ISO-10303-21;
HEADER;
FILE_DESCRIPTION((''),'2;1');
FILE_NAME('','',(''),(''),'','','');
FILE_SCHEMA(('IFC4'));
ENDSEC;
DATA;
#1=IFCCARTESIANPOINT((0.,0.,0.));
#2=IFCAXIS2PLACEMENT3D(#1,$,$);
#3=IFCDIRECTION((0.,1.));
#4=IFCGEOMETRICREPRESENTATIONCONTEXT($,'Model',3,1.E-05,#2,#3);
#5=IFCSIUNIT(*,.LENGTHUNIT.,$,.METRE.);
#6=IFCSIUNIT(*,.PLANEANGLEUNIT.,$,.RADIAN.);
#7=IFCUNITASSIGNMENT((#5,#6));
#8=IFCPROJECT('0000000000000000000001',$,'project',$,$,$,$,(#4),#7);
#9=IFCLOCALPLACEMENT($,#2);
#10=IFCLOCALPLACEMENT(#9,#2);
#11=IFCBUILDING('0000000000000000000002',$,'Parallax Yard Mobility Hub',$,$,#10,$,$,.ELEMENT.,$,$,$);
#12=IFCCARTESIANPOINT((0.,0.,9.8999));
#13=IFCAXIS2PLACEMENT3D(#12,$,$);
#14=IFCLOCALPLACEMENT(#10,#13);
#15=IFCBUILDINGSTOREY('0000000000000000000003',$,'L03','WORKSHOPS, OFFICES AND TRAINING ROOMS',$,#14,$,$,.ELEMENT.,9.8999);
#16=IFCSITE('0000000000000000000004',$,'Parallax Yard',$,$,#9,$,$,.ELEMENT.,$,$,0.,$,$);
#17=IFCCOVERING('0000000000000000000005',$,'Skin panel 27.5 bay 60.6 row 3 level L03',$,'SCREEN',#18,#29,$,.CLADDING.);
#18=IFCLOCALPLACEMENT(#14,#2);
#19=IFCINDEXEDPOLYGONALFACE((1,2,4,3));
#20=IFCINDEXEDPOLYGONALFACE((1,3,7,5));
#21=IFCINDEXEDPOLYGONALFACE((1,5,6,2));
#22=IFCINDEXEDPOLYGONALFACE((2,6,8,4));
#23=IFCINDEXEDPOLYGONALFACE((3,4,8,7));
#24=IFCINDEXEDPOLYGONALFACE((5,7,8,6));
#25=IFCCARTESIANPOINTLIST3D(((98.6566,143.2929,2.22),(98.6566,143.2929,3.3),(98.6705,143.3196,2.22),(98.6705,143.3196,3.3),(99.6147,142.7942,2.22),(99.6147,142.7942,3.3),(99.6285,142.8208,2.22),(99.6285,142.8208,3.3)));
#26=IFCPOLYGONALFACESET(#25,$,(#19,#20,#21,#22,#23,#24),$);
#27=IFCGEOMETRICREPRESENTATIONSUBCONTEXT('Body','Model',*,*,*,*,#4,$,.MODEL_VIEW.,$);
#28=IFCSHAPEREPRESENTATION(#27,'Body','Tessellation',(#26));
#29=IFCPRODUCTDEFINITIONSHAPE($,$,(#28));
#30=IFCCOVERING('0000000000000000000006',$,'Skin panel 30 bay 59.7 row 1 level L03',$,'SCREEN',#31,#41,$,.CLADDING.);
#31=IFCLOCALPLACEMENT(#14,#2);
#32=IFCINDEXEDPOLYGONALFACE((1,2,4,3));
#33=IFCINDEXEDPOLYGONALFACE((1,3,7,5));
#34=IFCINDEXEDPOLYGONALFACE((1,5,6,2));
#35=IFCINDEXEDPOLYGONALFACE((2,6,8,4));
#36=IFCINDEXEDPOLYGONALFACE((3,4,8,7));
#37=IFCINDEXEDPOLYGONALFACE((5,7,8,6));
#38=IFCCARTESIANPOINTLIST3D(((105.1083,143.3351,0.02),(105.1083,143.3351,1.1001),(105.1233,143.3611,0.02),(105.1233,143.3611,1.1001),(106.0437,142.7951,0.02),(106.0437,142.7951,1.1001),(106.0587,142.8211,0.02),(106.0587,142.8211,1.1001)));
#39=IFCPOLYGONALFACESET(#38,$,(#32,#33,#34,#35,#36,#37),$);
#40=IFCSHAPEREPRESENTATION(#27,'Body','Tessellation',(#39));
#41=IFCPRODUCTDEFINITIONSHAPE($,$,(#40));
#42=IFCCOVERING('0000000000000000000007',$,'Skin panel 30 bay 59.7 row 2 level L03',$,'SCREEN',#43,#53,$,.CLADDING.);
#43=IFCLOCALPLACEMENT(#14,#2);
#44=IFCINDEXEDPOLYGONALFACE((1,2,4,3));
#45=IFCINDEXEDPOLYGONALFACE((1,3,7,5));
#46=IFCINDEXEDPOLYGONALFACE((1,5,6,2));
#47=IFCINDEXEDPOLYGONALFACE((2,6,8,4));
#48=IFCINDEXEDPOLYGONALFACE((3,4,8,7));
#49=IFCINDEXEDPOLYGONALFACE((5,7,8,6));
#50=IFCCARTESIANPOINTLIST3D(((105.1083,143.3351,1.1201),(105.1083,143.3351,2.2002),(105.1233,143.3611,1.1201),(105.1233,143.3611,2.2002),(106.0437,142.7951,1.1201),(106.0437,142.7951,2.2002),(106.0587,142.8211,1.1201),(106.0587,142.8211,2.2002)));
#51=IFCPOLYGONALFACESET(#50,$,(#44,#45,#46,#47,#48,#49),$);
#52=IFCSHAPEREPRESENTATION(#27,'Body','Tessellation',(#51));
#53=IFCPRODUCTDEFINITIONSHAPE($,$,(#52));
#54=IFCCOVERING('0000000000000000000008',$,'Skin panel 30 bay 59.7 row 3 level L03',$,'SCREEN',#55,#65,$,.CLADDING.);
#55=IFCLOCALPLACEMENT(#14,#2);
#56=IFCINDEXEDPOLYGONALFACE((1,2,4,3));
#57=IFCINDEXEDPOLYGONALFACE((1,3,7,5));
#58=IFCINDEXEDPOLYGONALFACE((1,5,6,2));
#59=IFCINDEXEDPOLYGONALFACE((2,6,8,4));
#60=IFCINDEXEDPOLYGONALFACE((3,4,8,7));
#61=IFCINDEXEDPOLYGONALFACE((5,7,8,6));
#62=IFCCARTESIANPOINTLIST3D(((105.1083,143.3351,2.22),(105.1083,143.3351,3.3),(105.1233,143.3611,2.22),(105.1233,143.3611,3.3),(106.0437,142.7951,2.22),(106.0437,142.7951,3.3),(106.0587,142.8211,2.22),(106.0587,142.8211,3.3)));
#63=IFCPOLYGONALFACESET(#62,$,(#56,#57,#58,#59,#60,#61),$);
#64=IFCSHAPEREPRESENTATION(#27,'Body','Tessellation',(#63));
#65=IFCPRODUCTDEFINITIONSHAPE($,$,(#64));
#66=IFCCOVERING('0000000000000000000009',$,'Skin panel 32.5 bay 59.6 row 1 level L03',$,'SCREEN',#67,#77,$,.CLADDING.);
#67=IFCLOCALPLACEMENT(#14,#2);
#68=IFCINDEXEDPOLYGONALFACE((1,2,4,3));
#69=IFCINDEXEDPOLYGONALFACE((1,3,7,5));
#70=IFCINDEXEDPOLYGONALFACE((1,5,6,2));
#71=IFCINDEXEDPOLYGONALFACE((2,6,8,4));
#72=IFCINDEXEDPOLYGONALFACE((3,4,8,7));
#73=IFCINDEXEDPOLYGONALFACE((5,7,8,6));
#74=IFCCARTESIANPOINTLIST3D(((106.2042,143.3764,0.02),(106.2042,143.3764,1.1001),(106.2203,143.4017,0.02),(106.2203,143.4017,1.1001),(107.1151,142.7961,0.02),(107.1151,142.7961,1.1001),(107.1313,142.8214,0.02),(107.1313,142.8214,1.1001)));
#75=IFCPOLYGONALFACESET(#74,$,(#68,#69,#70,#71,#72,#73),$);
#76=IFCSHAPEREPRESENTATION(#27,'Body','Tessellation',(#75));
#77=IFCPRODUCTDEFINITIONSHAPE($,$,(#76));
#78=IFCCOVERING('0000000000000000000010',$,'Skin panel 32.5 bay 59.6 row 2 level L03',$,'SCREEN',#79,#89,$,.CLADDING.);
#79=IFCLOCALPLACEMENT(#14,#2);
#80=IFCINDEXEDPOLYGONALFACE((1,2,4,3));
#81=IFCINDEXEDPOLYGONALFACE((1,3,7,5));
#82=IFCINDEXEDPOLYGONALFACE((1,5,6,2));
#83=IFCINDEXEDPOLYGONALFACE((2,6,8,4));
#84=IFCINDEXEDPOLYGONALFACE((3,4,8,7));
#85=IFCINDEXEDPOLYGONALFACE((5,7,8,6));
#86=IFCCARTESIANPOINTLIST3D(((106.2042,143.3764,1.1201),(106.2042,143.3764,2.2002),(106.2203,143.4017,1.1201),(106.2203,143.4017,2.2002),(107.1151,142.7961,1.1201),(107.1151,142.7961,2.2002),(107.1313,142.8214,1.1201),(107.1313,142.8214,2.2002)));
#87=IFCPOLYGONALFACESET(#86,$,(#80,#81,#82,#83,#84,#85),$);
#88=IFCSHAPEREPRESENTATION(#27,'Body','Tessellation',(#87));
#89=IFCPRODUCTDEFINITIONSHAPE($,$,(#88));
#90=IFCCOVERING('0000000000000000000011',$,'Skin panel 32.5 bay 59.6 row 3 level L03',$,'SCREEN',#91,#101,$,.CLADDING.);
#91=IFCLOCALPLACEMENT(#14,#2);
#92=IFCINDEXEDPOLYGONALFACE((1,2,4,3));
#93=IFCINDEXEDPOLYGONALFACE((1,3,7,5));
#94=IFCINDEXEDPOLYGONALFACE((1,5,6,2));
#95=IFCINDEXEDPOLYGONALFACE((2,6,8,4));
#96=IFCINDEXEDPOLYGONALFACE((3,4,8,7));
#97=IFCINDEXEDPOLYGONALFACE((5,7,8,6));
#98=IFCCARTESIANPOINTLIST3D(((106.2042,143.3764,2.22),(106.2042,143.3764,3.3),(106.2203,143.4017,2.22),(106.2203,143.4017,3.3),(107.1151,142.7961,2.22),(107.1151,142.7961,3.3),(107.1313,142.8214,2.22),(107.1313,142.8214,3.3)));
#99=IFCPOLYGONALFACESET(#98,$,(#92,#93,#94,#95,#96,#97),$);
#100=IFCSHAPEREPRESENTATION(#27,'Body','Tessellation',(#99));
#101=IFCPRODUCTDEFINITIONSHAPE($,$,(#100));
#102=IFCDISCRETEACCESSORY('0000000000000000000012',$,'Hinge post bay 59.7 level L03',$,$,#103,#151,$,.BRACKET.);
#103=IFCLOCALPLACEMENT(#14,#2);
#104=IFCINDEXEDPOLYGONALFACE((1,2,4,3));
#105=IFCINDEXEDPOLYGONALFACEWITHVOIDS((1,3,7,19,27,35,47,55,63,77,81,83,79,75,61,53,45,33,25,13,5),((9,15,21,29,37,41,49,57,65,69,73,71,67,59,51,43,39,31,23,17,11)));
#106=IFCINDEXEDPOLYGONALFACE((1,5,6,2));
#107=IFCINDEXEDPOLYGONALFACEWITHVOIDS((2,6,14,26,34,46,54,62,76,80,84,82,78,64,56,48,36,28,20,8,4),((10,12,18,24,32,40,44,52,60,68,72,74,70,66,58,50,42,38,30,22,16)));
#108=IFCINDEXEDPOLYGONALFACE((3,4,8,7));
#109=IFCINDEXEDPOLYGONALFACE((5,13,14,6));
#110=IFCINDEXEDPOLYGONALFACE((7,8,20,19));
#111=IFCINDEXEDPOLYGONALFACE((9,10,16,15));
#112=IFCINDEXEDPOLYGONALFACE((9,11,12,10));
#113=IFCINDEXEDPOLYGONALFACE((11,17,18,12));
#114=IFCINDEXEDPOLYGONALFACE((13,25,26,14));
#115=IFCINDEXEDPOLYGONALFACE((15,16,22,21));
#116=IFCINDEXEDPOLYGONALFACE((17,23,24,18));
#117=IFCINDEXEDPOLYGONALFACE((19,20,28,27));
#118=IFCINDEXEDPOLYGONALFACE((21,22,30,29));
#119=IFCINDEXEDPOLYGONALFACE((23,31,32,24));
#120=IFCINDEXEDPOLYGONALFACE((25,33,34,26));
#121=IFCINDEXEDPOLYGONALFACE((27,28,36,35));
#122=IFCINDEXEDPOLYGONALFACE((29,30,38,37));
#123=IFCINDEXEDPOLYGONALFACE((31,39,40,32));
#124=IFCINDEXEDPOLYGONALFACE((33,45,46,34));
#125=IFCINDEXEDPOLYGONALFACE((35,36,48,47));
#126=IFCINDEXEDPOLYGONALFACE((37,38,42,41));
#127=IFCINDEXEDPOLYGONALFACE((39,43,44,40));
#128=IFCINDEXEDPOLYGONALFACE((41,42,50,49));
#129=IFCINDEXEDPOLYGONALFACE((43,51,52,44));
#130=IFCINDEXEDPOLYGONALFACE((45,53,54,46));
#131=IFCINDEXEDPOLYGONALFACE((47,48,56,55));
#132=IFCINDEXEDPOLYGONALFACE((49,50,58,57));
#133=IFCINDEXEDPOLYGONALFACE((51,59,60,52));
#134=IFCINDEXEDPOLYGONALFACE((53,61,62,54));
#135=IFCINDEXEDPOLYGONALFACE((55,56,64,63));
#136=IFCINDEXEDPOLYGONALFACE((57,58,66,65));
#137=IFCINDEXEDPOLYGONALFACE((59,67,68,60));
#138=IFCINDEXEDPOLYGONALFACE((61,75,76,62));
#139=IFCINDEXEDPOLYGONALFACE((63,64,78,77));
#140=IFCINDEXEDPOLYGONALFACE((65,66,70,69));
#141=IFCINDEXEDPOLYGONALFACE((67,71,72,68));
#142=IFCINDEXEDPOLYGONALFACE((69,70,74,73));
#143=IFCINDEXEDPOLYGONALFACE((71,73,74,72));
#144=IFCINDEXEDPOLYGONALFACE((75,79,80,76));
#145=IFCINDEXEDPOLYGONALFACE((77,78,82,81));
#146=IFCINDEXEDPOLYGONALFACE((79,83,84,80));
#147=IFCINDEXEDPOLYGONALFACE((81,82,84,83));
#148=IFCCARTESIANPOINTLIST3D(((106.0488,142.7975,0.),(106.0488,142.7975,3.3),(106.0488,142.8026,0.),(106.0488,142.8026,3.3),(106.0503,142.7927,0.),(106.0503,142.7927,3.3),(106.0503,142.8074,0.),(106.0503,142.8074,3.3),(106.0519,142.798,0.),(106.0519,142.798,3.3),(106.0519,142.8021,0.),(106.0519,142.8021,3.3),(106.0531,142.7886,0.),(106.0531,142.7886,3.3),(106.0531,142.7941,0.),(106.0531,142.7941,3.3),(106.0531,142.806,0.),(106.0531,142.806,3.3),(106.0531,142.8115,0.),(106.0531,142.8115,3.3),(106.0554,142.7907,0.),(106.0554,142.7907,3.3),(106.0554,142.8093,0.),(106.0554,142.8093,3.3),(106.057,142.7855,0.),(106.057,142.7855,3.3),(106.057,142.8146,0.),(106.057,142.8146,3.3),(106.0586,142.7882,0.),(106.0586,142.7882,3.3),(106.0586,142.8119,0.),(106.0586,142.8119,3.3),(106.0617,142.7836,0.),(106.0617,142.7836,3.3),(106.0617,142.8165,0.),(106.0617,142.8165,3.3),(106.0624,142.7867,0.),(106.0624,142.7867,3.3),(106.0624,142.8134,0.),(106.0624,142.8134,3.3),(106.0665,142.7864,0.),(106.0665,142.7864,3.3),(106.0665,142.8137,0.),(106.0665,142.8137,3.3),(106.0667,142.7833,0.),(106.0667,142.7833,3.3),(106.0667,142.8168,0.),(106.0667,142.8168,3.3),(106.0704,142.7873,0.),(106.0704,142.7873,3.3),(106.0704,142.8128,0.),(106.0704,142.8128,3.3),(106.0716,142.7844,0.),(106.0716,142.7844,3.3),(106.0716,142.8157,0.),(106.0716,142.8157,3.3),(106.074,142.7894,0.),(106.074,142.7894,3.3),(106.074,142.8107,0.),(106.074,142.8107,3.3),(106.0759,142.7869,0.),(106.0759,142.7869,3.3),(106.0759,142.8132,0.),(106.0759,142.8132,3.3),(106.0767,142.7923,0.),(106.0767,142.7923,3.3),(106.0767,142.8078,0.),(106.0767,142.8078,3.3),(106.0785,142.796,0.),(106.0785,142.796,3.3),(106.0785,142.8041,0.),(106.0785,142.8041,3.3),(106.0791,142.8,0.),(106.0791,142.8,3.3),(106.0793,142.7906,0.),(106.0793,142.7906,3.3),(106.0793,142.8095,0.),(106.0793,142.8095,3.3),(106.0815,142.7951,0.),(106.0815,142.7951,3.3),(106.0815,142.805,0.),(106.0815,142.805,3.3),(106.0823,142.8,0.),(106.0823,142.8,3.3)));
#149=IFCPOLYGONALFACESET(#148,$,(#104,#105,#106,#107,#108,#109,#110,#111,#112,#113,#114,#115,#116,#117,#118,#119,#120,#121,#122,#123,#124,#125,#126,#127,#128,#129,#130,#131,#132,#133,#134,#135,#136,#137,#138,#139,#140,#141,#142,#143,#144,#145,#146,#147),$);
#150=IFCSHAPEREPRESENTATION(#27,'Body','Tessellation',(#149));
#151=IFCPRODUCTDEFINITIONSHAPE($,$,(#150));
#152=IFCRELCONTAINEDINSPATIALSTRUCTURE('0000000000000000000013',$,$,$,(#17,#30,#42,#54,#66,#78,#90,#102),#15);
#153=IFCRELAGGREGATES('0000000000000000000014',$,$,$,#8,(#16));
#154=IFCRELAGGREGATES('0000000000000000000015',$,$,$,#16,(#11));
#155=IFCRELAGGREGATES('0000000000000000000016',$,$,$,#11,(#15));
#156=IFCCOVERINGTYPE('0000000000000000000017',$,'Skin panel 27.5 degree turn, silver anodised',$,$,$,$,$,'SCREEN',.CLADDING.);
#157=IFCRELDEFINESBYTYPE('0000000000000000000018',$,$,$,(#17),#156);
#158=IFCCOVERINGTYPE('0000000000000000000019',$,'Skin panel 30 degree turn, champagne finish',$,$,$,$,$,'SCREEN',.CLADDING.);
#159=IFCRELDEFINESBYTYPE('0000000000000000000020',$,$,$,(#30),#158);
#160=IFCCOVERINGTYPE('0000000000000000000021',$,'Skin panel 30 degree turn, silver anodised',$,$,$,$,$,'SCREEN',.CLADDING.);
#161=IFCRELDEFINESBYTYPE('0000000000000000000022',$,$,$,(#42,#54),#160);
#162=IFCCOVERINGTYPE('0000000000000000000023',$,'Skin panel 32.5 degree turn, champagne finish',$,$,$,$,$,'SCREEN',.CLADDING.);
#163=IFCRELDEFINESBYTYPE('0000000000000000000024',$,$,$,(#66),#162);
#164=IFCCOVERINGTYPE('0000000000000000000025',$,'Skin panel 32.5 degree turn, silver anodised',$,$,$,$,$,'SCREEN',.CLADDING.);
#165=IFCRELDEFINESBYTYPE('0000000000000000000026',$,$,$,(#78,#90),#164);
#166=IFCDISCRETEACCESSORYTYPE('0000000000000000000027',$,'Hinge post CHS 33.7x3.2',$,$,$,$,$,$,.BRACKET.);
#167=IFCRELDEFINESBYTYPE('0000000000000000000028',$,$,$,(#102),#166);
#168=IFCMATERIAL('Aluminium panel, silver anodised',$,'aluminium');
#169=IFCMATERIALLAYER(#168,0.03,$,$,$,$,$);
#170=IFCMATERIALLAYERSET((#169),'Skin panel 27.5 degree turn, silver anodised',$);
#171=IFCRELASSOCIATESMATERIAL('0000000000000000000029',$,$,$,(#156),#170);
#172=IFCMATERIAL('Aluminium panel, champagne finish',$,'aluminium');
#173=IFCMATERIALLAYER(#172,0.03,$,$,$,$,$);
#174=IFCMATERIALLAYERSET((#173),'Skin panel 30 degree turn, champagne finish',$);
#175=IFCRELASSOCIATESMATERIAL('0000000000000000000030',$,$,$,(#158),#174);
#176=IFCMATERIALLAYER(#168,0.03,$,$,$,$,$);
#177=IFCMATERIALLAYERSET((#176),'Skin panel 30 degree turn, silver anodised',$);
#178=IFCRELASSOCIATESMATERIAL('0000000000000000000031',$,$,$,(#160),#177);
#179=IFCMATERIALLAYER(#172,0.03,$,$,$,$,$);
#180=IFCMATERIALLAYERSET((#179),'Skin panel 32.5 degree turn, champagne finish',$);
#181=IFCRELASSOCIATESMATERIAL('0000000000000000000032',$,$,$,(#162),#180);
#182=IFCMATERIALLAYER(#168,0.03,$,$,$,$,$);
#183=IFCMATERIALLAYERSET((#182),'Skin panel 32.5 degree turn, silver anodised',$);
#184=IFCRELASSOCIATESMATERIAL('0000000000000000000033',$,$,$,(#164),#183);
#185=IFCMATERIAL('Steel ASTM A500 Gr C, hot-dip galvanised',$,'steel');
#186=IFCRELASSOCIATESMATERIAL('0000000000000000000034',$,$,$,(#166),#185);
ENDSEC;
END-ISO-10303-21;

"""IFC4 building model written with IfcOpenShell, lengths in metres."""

from ifc_helpers import new_model, si_unit, direction, frame, origin, origin_2d, place, context, subcontext, project, spatial, rectangle, hollow_circle, extrude, material, layer, layer_set, material_profile, profile_set, type_object, element, save


model = new_model("IFC4")

# Units and contexts
model_context = context("Model", 3, precision=1e-05, world=origin(), true_north=direction((0.0, 1.0)))
body_context = subcontext(model_context, "Body", "Model", "MODEL_VIEW")
ifc_project = project(units=[si_unit("LENGTHUNIT", "METRE"), si_unit("PLANEANGLEUNIT", "RADIAN")], contexts=[model_context])

# Site, building, storey
site_placement = place(None, origin())
site = spatial("IfcSite", under=ifc_project, at=site_placement, Name="Parallax Yard", CompositionType="ELEMENT", RefElevation=0.0)
building_placement = place(site_placement, origin())
building = spatial("IfcBuilding", under=site, at=building_placement, Name="Parallax Yard Mobility Hub", CompositionType="ELEMENT")
storey_placement = place(building_placement, frame((0.0, 0.0, 9.8999)))
storey = spatial("IfcBuildingStorey", under=building, at=storey_placement, Name="L03", Description="WORKSHOPS, OFFICES AND TRAINING ROOMS", CompositionType="ELEMENT", Elevation=9.8999)

# Coverings
ifc_material_1 = material(Name="Aluminium panel, champagne finish", Category="aluminium")
ifc_material_2 = material(Name="Aluminium panel, silver anodised", Category="aluminium")
ifc_layer_1 = layer(ifc_material_2, 0.03)
ifc_layer_set_1 = layer_set([ifc_layer_1], Name="Skin panel 27.5 degree turn, silver anodised")
covering_type_1 = type_object("IfcCoveringType", Name="Skin panel 27.5 degree turn, silver anodised", ElementType="SCREEN", PredefinedType="CLADDING", material=ifc_layer_set_1)
for number, where, z_axis, x_axis, name in (
    (1, (99.1426, 143.0569, 2.22), (0.0, 0.0, 1.0), (-0.887011, 0.461749, 0.0), "Skin panel 27.5 bay 60.6 row 3 level L03"),
):
    element("IfcCovering", number, at=place(storey_placement, frame(where, z_axis=z_axis, x_axis=x_axis)), inside=storey, type_object=covering_type_1, Name=name, ObjectType="SCREEN", PredefinedType="CLADDING", context=body_context, shape_type="SweptSolid", body=[
        extrude(rectangle(XDim=1.0801, YDim=0.03, at=origin_2d()), origin(), (0.0, 0.0, 1.0), 1.0801),
    ])
ifc_layer_2 = layer(ifc_material_1, 0.03)
ifc_layer_set_2 = layer_set([ifc_layer_2], Name="Skin panel 30 degree turn, champagne finish")
covering_type_2 = type_object("IfcCoveringType", Name="Skin panel 30 degree turn, champagne finish", ElementType="SCREEN", PredefinedType="CLADDING", material=ifc_layer_set_2)
covering_1_placement = place(storey_placement, frame((105.5835, 143.0781, 0.02), z_axis=(0.0, 0.0, 1.0), x_axis=(-0.866025, 0.5, 0.0)))
element("IfcCovering", 2, at=covering_1_placement, inside=storey, type_object=covering_type_2, Name="Skin panel 30 bay 59.7 row 1 level L03", ObjectType="SCREEN", PredefinedType="CLADDING", context=body_context, shape_type="SweptSolid", body=[
    extrude(rectangle(XDim=1.0801, YDim=0.03, at=origin_2d()), origin(), (0.0, 0.0, 1.0), 1.0801),
])
ifc_layer_3 = layer(ifc_material_2, 0.03)
ifc_layer_set_3 = layer_set([ifc_layer_3], Name="Skin panel 30 degree turn, silver anodised")
covering_type_3 = type_object("IfcCoveringType", Name="Skin panel 30 degree turn, silver anodised", ElementType="SCREEN", PredefinedType="CLADDING", material=ifc_layer_set_3)
for number, where, z_axis, x_axis, name in (
    (3, (105.5835, 143.0781, 1.1201), (0.0, 0.0, 1.0), (-0.866025, 0.5, 0.0), "Skin panel 30 bay 59.7 row 2 level L03"),
    (4, (105.5835, 143.0781, 2.22), (0.0, 0.0, 1.0), (-0.866025, 0.5, 0.0), "Skin panel 30 bay 59.7 row 3 level L03"),
):
    element("IfcCovering", number, at=place(storey_placement, frame(where, z_axis=z_axis, x_axis=x_axis)), inside=storey, type_object=covering_type_3, Name=name, ObjectType="SCREEN", PredefinedType="CLADDING", context=body_context, shape_type="SweptSolid", body=[
        extrude(rectangle(XDim=1.0801, YDim=0.03, at=origin_2d()), origin(), (0.0, 0.0, 1.0), 1.0801),
    ])
ifc_layer_4 = layer(ifc_material_1, 0.03)
ifc_layer_set_4 = layer_set([ifc_layer_4], Name="Skin panel 32.5 degree turn, champagne finish")
covering_type_4 = type_object("IfcCoveringType", Name="Skin panel 32.5 degree turn, champagne finish", ElementType="SCREEN", PredefinedType="CLADDING", material=ifc_layer_set_4)
covering_2_placement = place(storey_placement, frame((106.6677, 143.0989, 0.02), z_axis=(0.0, 0.0, 1.0), x_axis=(-0.843391, 0.5373, 0.0)))
element("IfcCovering", 5, at=covering_2_placement, inside=storey, type_object=covering_type_4, Name="Skin panel 32.5 bay 59.6 row 1 level L03", ObjectType="SCREEN", PredefinedType="CLADDING", context=body_context, shape_type="SweptSolid", body=[
    extrude(rectangle(XDim=1.0801, YDim=0.03, at=origin_2d()), origin(), (0.0, 0.0, 1.0), 1.0801),
])
ifc_layer_5 = layer(ifc_material_2, 0.03)
ifc_layer_set_5 = layer_set([ifc_layer_5], Name="Skin panel 32.5 degree turn, silver anodised")
covering_type_5 = type_object("IfcCoveringType", Name="Skin panel 32.5 degree turn, silver anodised", ElementType="SCREEN", PredefinedType="CLADDING", material=ifc_layer_set_5)
for number, where, z_axis, x_axis, name in (
    (6, (106.6677, 143.0989, 1.1201), (0.0, 0.0, 1.0), (-0.843391, 0.5373, 0.0), "Skin panel 32.5 bay 59.6 row 2 level L03"),
    (7, (106.6677, 143.0989, 2.22), (0.0, 0.0, 1.0), (-0.843391, 0.5373, 0.0), "Skin panel 32.5 bay 59.6 row 3 level L03"),
):
    element("IfcCovering", number, at=place(storey_placement, frame(where, z_axis=z_axis, x_axis=x_axis)), inside=storey, type_object=covering_type_5, Name=name, ObjectType="SCREEN", PredefinedType="CLADDING", context=body_context, shape_type="SweptSolid", body=[
        extrude(rectangle(XDim=1.0801, YDim=0.03, at=origin_2d()), origin(), (0.0, 0.0, 1.0), 1.0801),
    ])

# Discrete accessory
ifc_material_3 = material(Name="Steel ASTM A500 Gr C, hot-dip galvanised", Category="steel")
ifc_material_profile = material_profile(ifc_material_3, hollow_circle(Radius=0.0168, WallThickness=0.0032, at=origin_2d()), Name="CHS 33.7x3.2")
ifc_profile_set = profile_set([ifc_material_profile], Name="Steel ASTM A500 Gr C, hot-dip galvanised")
discrete_accessory_type = type_object("IfcDiscreteAccessoryType", Name="Hinge post CHS 33.7x3.2", PredefinedType="BRACKET", material=ifc_profile_set)
for number, where, z_axis, x_axis, name in (
    (8, (106.0654, 142.8, 0.0), (0.0, 0.0, 1.0), (1.0, 0.0, 0.0), "Hinge post bay 59.7 level L03"),
):
    element("IfcDiscreteAccessory", number, at=place(storey_placement, frame(where, z_axis=z_axis, x_axis=x_axis)), inside=storey, type_object=discrete_accessory_type, Name=name, PredefinedType="BRACKET", context=body_context, shape_type="SweptSolid", body=[
        extrude(hollow_circle(Radius=0.0168, WallThickness=0.0032, at=origin_2d()), origin(), (0.0, 0.0, 1.0), 3.3),
    ])

save(model, "model.ifc")
